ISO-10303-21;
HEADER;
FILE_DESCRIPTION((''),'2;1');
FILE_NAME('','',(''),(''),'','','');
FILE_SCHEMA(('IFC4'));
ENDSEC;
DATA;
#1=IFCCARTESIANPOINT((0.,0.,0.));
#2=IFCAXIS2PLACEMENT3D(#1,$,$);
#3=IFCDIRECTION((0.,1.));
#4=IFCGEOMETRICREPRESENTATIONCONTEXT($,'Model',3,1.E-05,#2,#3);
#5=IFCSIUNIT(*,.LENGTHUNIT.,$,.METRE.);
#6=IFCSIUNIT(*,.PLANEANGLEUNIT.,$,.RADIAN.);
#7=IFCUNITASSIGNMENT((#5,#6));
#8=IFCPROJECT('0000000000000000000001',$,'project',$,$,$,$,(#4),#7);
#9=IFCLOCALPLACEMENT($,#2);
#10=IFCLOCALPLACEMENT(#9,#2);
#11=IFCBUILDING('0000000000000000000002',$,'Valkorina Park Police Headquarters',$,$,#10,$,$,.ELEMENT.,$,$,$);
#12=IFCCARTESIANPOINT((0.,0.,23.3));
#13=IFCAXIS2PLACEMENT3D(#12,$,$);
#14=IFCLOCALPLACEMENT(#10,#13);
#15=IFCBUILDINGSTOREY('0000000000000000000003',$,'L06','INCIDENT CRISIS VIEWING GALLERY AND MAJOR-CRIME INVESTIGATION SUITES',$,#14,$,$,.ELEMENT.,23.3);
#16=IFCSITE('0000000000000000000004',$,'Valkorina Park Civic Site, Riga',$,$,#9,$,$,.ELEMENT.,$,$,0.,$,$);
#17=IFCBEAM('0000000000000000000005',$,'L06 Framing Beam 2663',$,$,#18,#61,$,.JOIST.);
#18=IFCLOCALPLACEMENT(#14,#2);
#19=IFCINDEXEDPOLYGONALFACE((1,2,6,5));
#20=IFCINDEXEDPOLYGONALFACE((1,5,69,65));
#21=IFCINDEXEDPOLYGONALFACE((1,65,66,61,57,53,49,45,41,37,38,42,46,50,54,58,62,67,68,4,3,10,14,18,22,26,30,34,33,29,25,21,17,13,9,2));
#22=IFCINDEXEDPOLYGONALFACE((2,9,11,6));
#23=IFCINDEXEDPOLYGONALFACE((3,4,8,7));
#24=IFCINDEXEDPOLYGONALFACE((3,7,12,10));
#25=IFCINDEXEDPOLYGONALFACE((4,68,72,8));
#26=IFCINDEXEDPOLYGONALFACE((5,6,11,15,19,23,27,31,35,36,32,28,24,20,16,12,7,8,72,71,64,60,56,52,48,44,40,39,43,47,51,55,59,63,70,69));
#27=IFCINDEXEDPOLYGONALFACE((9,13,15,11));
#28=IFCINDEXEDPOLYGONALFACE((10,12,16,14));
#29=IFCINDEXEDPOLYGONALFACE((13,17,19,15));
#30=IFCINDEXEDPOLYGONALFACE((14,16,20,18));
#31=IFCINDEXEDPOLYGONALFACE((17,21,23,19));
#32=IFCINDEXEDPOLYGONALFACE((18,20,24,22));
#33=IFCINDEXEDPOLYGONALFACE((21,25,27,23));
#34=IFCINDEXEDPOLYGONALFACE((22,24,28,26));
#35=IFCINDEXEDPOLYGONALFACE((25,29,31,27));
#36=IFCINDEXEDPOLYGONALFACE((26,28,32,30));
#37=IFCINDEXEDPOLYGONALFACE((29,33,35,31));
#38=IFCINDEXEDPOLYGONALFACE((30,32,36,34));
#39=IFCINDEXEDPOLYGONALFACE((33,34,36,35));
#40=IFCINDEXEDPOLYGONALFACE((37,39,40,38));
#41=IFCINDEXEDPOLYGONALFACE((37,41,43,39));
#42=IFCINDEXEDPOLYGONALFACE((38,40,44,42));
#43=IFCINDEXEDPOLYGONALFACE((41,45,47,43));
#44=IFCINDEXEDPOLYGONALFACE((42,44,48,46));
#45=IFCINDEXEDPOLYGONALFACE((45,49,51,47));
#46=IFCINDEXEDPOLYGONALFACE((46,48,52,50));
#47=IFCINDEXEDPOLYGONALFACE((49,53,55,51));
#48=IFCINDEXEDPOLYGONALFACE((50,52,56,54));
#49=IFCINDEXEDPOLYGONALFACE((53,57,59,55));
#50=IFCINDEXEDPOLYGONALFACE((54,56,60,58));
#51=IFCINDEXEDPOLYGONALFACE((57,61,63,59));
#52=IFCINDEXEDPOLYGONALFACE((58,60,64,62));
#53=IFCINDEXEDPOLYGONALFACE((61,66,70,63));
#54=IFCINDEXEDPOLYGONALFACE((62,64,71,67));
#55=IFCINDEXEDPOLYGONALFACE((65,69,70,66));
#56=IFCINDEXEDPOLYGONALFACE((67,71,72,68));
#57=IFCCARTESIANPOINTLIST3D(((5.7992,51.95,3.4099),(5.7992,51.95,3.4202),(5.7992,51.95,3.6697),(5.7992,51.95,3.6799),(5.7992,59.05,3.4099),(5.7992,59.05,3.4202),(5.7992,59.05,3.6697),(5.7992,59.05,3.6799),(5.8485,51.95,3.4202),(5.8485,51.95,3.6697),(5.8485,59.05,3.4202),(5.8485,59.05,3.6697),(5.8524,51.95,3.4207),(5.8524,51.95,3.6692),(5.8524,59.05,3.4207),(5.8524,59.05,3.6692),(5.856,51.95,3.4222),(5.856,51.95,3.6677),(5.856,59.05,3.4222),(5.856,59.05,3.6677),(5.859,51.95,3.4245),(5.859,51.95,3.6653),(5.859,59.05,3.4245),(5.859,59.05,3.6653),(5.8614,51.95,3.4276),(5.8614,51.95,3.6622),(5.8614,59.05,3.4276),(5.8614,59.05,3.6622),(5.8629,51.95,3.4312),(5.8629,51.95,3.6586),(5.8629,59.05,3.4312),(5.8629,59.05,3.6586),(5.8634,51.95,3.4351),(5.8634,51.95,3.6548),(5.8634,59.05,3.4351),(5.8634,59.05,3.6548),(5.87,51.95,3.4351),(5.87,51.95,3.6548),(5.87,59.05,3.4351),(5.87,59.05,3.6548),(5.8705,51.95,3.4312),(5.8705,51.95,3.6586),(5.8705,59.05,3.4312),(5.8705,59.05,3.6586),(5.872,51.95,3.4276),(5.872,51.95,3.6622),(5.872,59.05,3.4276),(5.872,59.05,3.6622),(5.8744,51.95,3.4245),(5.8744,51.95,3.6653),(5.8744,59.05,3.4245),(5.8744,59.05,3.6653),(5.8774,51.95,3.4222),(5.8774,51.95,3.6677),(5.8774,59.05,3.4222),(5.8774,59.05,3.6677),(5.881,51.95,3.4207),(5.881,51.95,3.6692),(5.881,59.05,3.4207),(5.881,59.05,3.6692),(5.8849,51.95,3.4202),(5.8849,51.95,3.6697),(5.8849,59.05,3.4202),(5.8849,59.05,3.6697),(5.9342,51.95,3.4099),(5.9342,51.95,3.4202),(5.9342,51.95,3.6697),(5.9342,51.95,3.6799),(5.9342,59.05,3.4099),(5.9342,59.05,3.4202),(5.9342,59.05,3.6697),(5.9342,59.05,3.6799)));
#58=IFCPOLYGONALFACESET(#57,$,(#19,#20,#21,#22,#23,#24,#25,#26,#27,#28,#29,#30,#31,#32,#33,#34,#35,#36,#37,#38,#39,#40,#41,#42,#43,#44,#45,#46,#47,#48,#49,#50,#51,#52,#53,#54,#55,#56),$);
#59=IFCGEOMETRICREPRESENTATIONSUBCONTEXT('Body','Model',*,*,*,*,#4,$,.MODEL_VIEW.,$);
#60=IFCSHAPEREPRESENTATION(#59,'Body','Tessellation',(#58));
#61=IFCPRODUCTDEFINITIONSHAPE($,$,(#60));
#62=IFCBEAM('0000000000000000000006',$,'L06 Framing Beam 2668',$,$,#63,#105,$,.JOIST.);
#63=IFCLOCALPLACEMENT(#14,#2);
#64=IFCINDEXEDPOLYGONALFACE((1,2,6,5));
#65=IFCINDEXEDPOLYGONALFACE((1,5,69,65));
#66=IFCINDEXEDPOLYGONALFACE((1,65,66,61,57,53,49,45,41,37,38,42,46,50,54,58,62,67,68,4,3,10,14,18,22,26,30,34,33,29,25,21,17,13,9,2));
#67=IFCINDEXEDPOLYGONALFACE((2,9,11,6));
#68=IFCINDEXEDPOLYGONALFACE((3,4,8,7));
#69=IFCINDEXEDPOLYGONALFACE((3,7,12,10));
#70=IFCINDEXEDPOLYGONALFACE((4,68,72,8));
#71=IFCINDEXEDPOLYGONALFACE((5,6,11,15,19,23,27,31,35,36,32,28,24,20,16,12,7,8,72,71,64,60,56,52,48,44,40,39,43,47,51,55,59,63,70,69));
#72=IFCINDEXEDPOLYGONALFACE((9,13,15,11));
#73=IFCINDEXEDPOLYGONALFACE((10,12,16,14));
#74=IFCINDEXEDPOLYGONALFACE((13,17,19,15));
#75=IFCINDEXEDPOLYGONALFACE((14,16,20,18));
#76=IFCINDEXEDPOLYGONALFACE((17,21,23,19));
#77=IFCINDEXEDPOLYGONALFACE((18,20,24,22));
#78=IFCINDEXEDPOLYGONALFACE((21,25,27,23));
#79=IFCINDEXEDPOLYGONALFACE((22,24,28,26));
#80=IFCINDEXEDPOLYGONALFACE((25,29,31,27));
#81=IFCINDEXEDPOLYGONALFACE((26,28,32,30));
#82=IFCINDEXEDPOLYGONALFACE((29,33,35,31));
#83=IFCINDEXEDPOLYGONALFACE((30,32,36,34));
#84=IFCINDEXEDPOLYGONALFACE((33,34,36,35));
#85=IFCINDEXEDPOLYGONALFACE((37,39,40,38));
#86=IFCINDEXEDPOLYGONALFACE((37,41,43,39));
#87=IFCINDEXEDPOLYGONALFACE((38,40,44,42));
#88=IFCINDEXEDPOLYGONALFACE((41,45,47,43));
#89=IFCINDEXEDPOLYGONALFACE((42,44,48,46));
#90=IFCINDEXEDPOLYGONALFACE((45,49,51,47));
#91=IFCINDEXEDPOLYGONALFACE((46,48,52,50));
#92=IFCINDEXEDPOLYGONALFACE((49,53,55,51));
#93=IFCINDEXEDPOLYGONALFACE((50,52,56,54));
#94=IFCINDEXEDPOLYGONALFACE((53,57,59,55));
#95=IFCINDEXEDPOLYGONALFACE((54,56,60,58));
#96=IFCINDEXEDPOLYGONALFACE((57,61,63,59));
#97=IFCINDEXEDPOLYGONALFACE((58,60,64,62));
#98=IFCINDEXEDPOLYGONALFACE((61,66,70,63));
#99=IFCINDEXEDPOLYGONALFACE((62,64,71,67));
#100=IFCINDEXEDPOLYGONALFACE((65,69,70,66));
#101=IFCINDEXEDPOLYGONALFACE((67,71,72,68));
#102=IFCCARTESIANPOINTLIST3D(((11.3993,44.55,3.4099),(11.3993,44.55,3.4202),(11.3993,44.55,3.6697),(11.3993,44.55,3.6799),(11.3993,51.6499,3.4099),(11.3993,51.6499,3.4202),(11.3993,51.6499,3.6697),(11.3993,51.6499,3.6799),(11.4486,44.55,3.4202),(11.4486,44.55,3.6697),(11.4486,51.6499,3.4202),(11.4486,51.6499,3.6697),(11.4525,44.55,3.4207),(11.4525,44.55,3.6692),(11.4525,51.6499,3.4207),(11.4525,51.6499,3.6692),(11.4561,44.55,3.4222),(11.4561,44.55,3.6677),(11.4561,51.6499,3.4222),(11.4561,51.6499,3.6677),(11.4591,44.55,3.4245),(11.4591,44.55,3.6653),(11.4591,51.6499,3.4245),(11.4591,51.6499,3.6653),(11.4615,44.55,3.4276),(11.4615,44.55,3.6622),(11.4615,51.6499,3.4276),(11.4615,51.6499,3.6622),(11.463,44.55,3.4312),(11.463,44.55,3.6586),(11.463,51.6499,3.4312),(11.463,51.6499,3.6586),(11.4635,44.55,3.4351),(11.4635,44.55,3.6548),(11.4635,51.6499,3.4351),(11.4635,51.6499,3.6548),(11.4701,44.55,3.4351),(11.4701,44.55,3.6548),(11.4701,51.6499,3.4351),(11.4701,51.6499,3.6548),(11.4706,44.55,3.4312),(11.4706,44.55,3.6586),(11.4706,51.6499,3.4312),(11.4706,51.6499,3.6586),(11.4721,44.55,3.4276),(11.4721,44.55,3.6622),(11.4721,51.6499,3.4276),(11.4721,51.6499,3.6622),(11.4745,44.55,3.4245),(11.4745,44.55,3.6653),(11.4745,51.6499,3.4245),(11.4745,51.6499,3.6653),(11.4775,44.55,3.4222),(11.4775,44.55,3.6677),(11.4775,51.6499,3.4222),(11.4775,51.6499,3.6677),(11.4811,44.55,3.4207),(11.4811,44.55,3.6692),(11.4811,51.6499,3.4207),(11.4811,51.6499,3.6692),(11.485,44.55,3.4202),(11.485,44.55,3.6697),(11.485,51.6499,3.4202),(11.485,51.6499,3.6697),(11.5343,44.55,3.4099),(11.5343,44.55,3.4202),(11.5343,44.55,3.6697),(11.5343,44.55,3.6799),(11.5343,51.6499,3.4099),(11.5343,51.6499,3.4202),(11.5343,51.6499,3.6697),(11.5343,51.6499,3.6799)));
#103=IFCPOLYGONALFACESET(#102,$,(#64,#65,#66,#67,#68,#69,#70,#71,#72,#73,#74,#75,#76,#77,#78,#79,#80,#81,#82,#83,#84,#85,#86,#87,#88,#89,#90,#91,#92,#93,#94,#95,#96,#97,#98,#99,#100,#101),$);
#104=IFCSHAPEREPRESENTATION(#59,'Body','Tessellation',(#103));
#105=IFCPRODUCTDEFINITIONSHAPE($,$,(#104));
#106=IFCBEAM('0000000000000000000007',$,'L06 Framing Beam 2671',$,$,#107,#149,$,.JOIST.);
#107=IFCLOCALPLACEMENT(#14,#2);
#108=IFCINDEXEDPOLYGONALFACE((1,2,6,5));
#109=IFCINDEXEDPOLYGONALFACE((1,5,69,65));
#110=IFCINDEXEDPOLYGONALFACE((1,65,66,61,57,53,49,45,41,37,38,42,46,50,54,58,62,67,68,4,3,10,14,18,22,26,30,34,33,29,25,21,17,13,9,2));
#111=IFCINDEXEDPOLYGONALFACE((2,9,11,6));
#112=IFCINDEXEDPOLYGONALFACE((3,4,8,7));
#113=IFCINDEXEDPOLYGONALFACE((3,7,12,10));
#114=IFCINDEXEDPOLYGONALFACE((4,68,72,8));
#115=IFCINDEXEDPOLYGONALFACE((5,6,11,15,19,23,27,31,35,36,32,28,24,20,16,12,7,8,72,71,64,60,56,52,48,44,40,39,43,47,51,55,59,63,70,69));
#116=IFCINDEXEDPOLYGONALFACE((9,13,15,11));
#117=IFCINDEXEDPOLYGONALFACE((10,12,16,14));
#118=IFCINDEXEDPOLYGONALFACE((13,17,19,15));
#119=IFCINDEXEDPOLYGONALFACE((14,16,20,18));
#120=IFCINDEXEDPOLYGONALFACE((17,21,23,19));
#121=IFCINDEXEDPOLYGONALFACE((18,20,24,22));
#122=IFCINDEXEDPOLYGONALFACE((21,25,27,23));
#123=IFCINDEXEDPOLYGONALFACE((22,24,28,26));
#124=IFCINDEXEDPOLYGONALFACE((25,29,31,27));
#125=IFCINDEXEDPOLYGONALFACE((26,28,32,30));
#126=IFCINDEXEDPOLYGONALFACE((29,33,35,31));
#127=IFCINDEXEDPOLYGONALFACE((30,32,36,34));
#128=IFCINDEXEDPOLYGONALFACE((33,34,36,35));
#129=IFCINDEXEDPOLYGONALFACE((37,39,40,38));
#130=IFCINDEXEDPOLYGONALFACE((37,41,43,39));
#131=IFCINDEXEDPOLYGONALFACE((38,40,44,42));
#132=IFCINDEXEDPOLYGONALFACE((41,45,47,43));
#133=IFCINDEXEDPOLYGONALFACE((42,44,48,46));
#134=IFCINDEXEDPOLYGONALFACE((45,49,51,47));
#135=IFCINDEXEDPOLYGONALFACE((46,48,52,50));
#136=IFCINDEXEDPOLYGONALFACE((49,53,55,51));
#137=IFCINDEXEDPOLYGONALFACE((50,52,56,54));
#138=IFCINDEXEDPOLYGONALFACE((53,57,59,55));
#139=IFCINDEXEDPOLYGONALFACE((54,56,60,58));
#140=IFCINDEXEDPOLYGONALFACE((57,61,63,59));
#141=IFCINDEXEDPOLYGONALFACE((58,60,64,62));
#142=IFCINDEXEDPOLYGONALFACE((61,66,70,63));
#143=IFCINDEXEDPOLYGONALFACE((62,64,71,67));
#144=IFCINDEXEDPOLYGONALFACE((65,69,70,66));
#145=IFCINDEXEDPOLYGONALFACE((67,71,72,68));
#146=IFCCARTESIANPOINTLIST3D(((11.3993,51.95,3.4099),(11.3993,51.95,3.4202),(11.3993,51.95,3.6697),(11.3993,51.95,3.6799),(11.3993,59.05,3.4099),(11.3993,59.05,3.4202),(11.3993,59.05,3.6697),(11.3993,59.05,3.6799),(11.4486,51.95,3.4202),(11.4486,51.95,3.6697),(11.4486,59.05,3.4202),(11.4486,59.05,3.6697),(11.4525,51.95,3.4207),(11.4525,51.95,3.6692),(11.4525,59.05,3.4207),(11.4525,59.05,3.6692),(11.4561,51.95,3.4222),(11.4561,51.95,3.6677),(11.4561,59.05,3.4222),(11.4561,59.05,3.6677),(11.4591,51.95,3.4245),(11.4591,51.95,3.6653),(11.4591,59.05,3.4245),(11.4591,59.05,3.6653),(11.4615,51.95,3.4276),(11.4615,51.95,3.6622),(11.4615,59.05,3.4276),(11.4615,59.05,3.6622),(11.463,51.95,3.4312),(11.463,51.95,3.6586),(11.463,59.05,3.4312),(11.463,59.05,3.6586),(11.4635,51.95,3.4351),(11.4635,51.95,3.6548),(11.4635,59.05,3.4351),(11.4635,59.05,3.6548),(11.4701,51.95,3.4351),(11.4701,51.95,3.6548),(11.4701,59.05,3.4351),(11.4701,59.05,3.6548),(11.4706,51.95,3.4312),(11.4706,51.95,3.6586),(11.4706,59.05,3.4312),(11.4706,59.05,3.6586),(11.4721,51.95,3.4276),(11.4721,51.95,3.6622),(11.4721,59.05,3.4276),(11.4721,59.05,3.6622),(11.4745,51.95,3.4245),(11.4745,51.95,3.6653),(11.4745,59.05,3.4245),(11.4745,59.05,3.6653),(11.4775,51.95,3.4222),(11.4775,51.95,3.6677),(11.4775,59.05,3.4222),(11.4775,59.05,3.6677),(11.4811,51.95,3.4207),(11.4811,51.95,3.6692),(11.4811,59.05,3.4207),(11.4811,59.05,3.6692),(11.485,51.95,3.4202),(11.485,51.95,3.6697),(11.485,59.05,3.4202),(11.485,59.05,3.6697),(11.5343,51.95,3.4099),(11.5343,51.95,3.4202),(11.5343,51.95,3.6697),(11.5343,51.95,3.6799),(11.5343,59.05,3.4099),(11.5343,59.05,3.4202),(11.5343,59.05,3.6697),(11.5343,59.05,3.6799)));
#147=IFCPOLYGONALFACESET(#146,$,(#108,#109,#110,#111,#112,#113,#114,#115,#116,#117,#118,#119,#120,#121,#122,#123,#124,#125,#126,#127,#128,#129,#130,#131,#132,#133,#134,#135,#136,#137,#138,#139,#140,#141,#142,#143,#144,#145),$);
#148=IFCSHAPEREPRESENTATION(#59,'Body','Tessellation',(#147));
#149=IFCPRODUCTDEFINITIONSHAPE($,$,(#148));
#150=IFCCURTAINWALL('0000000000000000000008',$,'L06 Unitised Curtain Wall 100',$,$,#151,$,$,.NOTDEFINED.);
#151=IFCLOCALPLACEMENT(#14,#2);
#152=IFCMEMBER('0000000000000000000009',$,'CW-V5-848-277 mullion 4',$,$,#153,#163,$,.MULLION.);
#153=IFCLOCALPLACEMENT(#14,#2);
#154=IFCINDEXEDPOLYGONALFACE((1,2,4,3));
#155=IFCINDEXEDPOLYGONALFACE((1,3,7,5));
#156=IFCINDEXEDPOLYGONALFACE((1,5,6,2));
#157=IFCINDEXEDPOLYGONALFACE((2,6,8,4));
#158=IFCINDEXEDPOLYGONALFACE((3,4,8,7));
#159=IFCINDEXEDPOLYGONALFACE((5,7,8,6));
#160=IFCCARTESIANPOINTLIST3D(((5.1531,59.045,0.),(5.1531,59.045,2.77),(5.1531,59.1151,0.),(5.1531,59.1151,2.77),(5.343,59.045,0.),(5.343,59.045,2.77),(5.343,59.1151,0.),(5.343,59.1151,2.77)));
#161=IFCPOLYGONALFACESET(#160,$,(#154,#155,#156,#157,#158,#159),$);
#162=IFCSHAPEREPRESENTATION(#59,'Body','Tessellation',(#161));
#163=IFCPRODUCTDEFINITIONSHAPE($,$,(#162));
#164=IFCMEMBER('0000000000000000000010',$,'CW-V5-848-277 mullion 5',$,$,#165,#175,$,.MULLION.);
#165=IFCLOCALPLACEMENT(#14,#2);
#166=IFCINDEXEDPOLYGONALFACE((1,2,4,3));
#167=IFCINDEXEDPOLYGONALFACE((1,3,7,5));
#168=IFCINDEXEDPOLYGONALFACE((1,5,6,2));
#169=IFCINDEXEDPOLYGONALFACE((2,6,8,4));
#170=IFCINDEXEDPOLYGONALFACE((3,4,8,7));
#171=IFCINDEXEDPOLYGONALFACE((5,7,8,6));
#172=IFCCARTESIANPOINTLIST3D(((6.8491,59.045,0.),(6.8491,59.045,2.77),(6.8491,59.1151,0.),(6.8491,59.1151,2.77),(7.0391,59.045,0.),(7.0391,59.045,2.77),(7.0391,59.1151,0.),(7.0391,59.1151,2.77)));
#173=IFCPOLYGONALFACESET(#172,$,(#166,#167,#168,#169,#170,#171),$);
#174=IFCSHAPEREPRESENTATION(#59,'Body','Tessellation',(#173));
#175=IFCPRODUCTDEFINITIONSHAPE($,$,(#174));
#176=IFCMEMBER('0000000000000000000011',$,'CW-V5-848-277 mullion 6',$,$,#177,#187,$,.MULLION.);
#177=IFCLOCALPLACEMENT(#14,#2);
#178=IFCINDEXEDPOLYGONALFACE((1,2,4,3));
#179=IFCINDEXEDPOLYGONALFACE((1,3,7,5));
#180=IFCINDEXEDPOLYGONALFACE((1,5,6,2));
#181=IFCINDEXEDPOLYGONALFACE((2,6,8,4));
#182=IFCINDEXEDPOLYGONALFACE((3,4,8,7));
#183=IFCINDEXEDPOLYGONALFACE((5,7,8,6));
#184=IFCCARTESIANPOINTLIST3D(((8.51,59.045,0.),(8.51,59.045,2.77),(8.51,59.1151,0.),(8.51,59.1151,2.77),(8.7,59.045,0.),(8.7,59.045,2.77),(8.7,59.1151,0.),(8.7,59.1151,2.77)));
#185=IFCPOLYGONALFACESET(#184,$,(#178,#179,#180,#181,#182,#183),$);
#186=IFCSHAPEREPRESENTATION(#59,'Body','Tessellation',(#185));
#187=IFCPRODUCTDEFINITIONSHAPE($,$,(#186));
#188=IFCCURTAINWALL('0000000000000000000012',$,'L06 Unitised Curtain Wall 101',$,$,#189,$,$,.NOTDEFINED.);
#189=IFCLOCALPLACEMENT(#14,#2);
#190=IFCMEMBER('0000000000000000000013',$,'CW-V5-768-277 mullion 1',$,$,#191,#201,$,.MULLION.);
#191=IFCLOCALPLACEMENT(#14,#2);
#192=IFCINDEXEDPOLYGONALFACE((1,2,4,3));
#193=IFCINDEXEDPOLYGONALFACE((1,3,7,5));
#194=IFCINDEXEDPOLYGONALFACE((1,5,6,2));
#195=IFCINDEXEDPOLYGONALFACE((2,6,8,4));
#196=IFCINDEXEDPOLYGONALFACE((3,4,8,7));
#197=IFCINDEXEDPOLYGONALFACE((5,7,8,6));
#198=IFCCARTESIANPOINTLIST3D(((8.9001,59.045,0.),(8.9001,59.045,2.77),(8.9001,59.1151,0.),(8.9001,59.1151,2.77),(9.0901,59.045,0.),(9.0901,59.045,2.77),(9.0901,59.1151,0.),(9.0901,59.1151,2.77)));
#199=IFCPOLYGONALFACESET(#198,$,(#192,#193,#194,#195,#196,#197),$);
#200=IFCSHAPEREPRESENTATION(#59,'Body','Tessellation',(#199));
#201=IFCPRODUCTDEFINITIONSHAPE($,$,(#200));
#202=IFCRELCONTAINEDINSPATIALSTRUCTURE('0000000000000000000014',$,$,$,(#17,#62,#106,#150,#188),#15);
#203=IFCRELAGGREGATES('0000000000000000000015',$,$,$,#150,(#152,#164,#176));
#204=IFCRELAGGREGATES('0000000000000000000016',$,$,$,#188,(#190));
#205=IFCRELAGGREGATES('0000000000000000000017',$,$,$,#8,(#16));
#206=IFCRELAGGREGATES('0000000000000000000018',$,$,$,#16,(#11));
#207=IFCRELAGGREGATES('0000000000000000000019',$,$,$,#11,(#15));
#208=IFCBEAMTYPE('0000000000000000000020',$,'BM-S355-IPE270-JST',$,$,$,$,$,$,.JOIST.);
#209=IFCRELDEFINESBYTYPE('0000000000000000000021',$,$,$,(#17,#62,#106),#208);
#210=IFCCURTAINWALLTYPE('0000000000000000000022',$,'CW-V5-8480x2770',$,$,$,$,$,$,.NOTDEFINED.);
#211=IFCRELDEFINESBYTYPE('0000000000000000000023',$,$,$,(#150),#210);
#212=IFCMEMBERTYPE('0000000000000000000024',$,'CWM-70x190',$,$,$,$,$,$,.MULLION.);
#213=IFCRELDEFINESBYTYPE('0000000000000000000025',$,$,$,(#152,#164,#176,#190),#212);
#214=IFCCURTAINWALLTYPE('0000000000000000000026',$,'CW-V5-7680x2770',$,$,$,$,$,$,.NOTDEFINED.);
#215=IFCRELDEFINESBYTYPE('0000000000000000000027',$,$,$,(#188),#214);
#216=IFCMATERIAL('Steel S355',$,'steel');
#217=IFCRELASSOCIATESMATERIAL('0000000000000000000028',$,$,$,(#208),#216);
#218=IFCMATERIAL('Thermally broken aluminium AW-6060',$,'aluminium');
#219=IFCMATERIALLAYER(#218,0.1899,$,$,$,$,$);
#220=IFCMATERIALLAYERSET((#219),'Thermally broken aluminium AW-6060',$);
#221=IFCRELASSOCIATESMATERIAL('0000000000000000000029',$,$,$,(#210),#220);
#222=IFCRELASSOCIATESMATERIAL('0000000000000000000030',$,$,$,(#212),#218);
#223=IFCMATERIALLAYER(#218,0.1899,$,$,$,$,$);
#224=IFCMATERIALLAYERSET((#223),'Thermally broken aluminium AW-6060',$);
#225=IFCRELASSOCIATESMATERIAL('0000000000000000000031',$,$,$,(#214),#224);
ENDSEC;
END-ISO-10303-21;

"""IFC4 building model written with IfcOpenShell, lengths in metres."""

from ifc_helpers import new_model, si_unit, direction, frame, origin, origin_2d, place, context, subcontext, project, spatial, rectangle, i_section, extrude, material, layer, layer_set, material_profile, profile_set, type_object, element, aggregate, save


model = new_model("IFC4")

# Units and contexts
model_context = context("Model", 3, precision=1e-05, world=origin(), true_north=direction((0.0, 1.0)))
body_context = subcontext(model_context, "Body", "Model", "MODEL_VIEW")
ifc_project = project(units=[si_unit("LENGTHUNIT", "METRE"), si_unit("PLANEANGLEUNIT", "RADIAN")], contexts=[model_context])

# Site, building, storey
site_placement = place(None, origin())
site = spatial("IfcSite", under=ifc_project, at=site_placement, Name="Valkorina Park Civic Site, Riga", CompositionType="ELEMENT", RefElevation=0.0)
building_placement = place(site_placement, origin())
building = spatial("IfcBuilding", under=site, at=building_placement, Name="Valkorina Park Police Headquarters", CompositionType="ELEMENT")
storey_placement = place(building_placement, frame((0.0, 0.0, 23.3)))
storey = spatial("IfcBuildingStorey", under=building, at=storey_placement, Name="L06", Description="INCIDENT CRISIS VIEWING GALLERY AND MAJOR-CRIME INVESTIGATION SUITES", CompositionType="ELEMENT", Elevation=23.3)

# Shared definitions
ifc_material_1 = material(Name="Steel S355", Category="steel")

# Beams
ifc_material_profile_1 = material_profile(ifc_material_1, i_section(OverallWidth=0.135, OverallDepth=0.27, WebThickness=0.0066, FlangeThickness=0.0103, FilletRadius=0.0149, at=origin_2d()), Name="IPE 270")
ifc_profile_set_1 = profile_set([ifc_material_profile_1], Name="Steel S355")
beam_type_1 = type_object("IfcBeamType", Name="BM-S355-IPE270-JST", PredefinedType="JOIST", material=ifc_profile_set_1)
beam_1_placement = place(storey_placement, frame((5.8667, 51.95, 3.5449), z_axis=(0.0, 1.0, 0.0), x_axis=(-1.0, 0.0, 0.0)))
element("IfcBeam", 1, at=beam_1_placement, inside=storey, type_object=beam_type_1, Name="L06 Framing Beam 2663", PredefinedType="JOIST", context=body_context, shape_type="SweptSolid", body=[
    extrude(i_section(OverallWidth=0.135, OverallDepth=0.27, WebThickness=0.0066, FlangeThickness=0.0103, FilletRadius=0.0149, at=origin_2d()), origin(), (0.0, 0.0, 1.0), 7.1001),
])
beam_2_placement = place(storey_placement, frame((11.4668, 44.55, 3.5449), z_axis=(0.0, 1.0, 0.0), x_axis=(-1.0, 0.0, 0.0)))
element("IfcBeam", 2, at=beam_2_placement, inside=storey, type_object=beam_type_1, Name="L06 Framing Beam 2668", PredefinedType="JOIST", context=body_context, shape_type="SweptSolid", body=[
    extrude(i_section(OverallWidth=0.135, OverallDepth=0.27, WebThickness=0.0066, FlangeThickness=0.0103, FilletRadius=0.0149, at=origin_2d()), origin(), (0.0, 0.0, 1.0), 7.0999),
])
beam_3_placement = place(storey_placement, frame((11.4668, 51.95, 3.5449), z_axis=(0.0, 1.0, 0.0), x_axis=(-1.0, 0.0, 0.0)))
element("IfcBeam", 3, at=beam_3_placement, inside=storey, type_object=beam_type_1, Name="L06 Framing Beam 2671", PredefinedType="JOIST", context=body_context, shape_type="SweptSolid", body=[
    extrude(i_section(OverallWidth=0.135, OverallDepth=0.27, WebThickness=0.0066, FlangeThickness=0.0103, FilletRadius=0.0149, at=origin_2d()), origin(), (0.0, 0.0, 1.0), 7.1001),
])

# Curtain walls, members
ifc_material_2 = material(Name="Thermally broken aluminium AW-6060", Category="aluminium")
ifc_layer_1 = layer(ifc_material_2, 0.1899)
ifc_layer_set_1 = layer_set([ifc_layer_1], Name="Thermally broken aluminium AW-6060")
curtain_wall_type_1 = type_object("IfcCurtainWallType", Name="CW-V5-8480x2770", PredefinedType="NOTDEFINED", material=ifc_layer_set_1)
curtain_wall_1_placement = place(storey_placement, origin())
curtain_wall_1 = element("IfcCurtainWall", 4, at=curtain_wall_1_placement, inside=storey, type_object=curtain_wall_type_1, Name="L06 Unitised Curtain Wall 100", PredefinedType="NOTDEFINED")
ifc_material_profile_2 = material_profile(ifc_material_2, rectangle(XDim=0.0701, YDim=0.1899, at=origin_2d()), Name="CWM-02 70x190")
ifc_profile_set_2 = profile_set([ifc_material_profile_2], Name="Thermally broken aluminium AW-6060")
member_type_1 = type_object("IfcMemberType", Name="CWM-70x190", PredefinedType="MULLION", material=ifc_profile_set_2)
member_1_placement = place(storey_placement, frame((5.248, 59.0801, 0.0), z_axis=(0.0, 0.0, 1.0), x_axis=(0.0, 1.0, 0.0)))
member_1 = element("IfcMember", 5, at=member_1_placement, type_object=member_type_1, Name="CW-V5-848-277 mullion 4", PredefinedType="MULLION", context=body_context, shape_type="SweptSolid", body=[
    extrude(rectangle(XDim=0.0701, YDim=0.1899, at=origin_2d()), origin(), (0.0, 0.0, 1.0), 2.77),
])
member_2_placement = place(storey_placement, frame((6.9441, 59.0801, 0.0), z_axis=(0.0, 0.0, 1.0), x_axis=(0.0, 1.0, 0.0)))
member_2 = element("IfcMember", 6, at=member_2_placement, type_object=member_type_1, Name="CW-V5-848-277 mullion 5", PredefinedType="MULLION", context=body_context, shape_type="SweptSolid", body=[
    extrude(rectangle(XDim=0.0701, YDim=0.1899, at=origin_2d()), origin(), (0.0, 0.0, 1.0), 2.77),
])
member_3_placement = place(storey_placement, frame((8.605, 59.0801, 0.0), z_axis=(0.0, 0.0, 1.0), x_axis=(0.0, 1.0, 0.0)))
member_3 = element("IfcMember", 7, at=member_3_placement, type_object=member_type_1, Name="CW-V5-848-277 mullion 6", PredefinedType="MULLION", context=body_context, shape_type="SweptSolid", body=[
    extrude(rectangle(XDim=0.0701, YDim=0.1899, at=origin_2d()), origin(), (0.0, 0.0, 1.0), 2.77),
])
ifc_layer_2 = layer(ifc_material_2, 0.1899)
ifc_layer_set_2 = layer_set([ifc_layer_2], Name="Thermally broken aluminium AW-6060")
curtain_wall_type_2 = type_object("IfcCurtainWallType", Name="CW-V5-7680x2770", PredefinedType="NOTDEFINED", material=ifc_layer_set_2)
curtain_wall_2_placement = place(storey_placement, origin())
curtain_wall_2 = element("IfcCurtainWall", 8, at=curtain_wall_2_placement, inside=storey, type_object=curtain_wall_type_2, Name="L06 Unitised Curtain Wall 101", PredefinedType="NOTDEFINED")
member_4_placement = place(storey_placement, frame((8.9951, 59.0801, 0.0), z_axis=(0.0, 0.0, 1.0), x_axis=(0.0, 1.0, 0.0)))
member_4 = element("IfcMember", 9, at=member_4_placement, type_object=member_type_1, Name="CW-V5-768-277 mullion 1", PredefinedType="MULLION", context=body_context, shape_type="SweptSolid", body=[
    extrude(rectangle(XDim=0.0701, YDim=0.1899, at=origin_2d()), origin(), (0.0, 0.0, 1.0), 2.77),
])

aggregate(curtain_wall_1, [member_1, member_2, member_3])
aggregate(curtain_wall_2, [member_4])

save(model, "model.ifc")
